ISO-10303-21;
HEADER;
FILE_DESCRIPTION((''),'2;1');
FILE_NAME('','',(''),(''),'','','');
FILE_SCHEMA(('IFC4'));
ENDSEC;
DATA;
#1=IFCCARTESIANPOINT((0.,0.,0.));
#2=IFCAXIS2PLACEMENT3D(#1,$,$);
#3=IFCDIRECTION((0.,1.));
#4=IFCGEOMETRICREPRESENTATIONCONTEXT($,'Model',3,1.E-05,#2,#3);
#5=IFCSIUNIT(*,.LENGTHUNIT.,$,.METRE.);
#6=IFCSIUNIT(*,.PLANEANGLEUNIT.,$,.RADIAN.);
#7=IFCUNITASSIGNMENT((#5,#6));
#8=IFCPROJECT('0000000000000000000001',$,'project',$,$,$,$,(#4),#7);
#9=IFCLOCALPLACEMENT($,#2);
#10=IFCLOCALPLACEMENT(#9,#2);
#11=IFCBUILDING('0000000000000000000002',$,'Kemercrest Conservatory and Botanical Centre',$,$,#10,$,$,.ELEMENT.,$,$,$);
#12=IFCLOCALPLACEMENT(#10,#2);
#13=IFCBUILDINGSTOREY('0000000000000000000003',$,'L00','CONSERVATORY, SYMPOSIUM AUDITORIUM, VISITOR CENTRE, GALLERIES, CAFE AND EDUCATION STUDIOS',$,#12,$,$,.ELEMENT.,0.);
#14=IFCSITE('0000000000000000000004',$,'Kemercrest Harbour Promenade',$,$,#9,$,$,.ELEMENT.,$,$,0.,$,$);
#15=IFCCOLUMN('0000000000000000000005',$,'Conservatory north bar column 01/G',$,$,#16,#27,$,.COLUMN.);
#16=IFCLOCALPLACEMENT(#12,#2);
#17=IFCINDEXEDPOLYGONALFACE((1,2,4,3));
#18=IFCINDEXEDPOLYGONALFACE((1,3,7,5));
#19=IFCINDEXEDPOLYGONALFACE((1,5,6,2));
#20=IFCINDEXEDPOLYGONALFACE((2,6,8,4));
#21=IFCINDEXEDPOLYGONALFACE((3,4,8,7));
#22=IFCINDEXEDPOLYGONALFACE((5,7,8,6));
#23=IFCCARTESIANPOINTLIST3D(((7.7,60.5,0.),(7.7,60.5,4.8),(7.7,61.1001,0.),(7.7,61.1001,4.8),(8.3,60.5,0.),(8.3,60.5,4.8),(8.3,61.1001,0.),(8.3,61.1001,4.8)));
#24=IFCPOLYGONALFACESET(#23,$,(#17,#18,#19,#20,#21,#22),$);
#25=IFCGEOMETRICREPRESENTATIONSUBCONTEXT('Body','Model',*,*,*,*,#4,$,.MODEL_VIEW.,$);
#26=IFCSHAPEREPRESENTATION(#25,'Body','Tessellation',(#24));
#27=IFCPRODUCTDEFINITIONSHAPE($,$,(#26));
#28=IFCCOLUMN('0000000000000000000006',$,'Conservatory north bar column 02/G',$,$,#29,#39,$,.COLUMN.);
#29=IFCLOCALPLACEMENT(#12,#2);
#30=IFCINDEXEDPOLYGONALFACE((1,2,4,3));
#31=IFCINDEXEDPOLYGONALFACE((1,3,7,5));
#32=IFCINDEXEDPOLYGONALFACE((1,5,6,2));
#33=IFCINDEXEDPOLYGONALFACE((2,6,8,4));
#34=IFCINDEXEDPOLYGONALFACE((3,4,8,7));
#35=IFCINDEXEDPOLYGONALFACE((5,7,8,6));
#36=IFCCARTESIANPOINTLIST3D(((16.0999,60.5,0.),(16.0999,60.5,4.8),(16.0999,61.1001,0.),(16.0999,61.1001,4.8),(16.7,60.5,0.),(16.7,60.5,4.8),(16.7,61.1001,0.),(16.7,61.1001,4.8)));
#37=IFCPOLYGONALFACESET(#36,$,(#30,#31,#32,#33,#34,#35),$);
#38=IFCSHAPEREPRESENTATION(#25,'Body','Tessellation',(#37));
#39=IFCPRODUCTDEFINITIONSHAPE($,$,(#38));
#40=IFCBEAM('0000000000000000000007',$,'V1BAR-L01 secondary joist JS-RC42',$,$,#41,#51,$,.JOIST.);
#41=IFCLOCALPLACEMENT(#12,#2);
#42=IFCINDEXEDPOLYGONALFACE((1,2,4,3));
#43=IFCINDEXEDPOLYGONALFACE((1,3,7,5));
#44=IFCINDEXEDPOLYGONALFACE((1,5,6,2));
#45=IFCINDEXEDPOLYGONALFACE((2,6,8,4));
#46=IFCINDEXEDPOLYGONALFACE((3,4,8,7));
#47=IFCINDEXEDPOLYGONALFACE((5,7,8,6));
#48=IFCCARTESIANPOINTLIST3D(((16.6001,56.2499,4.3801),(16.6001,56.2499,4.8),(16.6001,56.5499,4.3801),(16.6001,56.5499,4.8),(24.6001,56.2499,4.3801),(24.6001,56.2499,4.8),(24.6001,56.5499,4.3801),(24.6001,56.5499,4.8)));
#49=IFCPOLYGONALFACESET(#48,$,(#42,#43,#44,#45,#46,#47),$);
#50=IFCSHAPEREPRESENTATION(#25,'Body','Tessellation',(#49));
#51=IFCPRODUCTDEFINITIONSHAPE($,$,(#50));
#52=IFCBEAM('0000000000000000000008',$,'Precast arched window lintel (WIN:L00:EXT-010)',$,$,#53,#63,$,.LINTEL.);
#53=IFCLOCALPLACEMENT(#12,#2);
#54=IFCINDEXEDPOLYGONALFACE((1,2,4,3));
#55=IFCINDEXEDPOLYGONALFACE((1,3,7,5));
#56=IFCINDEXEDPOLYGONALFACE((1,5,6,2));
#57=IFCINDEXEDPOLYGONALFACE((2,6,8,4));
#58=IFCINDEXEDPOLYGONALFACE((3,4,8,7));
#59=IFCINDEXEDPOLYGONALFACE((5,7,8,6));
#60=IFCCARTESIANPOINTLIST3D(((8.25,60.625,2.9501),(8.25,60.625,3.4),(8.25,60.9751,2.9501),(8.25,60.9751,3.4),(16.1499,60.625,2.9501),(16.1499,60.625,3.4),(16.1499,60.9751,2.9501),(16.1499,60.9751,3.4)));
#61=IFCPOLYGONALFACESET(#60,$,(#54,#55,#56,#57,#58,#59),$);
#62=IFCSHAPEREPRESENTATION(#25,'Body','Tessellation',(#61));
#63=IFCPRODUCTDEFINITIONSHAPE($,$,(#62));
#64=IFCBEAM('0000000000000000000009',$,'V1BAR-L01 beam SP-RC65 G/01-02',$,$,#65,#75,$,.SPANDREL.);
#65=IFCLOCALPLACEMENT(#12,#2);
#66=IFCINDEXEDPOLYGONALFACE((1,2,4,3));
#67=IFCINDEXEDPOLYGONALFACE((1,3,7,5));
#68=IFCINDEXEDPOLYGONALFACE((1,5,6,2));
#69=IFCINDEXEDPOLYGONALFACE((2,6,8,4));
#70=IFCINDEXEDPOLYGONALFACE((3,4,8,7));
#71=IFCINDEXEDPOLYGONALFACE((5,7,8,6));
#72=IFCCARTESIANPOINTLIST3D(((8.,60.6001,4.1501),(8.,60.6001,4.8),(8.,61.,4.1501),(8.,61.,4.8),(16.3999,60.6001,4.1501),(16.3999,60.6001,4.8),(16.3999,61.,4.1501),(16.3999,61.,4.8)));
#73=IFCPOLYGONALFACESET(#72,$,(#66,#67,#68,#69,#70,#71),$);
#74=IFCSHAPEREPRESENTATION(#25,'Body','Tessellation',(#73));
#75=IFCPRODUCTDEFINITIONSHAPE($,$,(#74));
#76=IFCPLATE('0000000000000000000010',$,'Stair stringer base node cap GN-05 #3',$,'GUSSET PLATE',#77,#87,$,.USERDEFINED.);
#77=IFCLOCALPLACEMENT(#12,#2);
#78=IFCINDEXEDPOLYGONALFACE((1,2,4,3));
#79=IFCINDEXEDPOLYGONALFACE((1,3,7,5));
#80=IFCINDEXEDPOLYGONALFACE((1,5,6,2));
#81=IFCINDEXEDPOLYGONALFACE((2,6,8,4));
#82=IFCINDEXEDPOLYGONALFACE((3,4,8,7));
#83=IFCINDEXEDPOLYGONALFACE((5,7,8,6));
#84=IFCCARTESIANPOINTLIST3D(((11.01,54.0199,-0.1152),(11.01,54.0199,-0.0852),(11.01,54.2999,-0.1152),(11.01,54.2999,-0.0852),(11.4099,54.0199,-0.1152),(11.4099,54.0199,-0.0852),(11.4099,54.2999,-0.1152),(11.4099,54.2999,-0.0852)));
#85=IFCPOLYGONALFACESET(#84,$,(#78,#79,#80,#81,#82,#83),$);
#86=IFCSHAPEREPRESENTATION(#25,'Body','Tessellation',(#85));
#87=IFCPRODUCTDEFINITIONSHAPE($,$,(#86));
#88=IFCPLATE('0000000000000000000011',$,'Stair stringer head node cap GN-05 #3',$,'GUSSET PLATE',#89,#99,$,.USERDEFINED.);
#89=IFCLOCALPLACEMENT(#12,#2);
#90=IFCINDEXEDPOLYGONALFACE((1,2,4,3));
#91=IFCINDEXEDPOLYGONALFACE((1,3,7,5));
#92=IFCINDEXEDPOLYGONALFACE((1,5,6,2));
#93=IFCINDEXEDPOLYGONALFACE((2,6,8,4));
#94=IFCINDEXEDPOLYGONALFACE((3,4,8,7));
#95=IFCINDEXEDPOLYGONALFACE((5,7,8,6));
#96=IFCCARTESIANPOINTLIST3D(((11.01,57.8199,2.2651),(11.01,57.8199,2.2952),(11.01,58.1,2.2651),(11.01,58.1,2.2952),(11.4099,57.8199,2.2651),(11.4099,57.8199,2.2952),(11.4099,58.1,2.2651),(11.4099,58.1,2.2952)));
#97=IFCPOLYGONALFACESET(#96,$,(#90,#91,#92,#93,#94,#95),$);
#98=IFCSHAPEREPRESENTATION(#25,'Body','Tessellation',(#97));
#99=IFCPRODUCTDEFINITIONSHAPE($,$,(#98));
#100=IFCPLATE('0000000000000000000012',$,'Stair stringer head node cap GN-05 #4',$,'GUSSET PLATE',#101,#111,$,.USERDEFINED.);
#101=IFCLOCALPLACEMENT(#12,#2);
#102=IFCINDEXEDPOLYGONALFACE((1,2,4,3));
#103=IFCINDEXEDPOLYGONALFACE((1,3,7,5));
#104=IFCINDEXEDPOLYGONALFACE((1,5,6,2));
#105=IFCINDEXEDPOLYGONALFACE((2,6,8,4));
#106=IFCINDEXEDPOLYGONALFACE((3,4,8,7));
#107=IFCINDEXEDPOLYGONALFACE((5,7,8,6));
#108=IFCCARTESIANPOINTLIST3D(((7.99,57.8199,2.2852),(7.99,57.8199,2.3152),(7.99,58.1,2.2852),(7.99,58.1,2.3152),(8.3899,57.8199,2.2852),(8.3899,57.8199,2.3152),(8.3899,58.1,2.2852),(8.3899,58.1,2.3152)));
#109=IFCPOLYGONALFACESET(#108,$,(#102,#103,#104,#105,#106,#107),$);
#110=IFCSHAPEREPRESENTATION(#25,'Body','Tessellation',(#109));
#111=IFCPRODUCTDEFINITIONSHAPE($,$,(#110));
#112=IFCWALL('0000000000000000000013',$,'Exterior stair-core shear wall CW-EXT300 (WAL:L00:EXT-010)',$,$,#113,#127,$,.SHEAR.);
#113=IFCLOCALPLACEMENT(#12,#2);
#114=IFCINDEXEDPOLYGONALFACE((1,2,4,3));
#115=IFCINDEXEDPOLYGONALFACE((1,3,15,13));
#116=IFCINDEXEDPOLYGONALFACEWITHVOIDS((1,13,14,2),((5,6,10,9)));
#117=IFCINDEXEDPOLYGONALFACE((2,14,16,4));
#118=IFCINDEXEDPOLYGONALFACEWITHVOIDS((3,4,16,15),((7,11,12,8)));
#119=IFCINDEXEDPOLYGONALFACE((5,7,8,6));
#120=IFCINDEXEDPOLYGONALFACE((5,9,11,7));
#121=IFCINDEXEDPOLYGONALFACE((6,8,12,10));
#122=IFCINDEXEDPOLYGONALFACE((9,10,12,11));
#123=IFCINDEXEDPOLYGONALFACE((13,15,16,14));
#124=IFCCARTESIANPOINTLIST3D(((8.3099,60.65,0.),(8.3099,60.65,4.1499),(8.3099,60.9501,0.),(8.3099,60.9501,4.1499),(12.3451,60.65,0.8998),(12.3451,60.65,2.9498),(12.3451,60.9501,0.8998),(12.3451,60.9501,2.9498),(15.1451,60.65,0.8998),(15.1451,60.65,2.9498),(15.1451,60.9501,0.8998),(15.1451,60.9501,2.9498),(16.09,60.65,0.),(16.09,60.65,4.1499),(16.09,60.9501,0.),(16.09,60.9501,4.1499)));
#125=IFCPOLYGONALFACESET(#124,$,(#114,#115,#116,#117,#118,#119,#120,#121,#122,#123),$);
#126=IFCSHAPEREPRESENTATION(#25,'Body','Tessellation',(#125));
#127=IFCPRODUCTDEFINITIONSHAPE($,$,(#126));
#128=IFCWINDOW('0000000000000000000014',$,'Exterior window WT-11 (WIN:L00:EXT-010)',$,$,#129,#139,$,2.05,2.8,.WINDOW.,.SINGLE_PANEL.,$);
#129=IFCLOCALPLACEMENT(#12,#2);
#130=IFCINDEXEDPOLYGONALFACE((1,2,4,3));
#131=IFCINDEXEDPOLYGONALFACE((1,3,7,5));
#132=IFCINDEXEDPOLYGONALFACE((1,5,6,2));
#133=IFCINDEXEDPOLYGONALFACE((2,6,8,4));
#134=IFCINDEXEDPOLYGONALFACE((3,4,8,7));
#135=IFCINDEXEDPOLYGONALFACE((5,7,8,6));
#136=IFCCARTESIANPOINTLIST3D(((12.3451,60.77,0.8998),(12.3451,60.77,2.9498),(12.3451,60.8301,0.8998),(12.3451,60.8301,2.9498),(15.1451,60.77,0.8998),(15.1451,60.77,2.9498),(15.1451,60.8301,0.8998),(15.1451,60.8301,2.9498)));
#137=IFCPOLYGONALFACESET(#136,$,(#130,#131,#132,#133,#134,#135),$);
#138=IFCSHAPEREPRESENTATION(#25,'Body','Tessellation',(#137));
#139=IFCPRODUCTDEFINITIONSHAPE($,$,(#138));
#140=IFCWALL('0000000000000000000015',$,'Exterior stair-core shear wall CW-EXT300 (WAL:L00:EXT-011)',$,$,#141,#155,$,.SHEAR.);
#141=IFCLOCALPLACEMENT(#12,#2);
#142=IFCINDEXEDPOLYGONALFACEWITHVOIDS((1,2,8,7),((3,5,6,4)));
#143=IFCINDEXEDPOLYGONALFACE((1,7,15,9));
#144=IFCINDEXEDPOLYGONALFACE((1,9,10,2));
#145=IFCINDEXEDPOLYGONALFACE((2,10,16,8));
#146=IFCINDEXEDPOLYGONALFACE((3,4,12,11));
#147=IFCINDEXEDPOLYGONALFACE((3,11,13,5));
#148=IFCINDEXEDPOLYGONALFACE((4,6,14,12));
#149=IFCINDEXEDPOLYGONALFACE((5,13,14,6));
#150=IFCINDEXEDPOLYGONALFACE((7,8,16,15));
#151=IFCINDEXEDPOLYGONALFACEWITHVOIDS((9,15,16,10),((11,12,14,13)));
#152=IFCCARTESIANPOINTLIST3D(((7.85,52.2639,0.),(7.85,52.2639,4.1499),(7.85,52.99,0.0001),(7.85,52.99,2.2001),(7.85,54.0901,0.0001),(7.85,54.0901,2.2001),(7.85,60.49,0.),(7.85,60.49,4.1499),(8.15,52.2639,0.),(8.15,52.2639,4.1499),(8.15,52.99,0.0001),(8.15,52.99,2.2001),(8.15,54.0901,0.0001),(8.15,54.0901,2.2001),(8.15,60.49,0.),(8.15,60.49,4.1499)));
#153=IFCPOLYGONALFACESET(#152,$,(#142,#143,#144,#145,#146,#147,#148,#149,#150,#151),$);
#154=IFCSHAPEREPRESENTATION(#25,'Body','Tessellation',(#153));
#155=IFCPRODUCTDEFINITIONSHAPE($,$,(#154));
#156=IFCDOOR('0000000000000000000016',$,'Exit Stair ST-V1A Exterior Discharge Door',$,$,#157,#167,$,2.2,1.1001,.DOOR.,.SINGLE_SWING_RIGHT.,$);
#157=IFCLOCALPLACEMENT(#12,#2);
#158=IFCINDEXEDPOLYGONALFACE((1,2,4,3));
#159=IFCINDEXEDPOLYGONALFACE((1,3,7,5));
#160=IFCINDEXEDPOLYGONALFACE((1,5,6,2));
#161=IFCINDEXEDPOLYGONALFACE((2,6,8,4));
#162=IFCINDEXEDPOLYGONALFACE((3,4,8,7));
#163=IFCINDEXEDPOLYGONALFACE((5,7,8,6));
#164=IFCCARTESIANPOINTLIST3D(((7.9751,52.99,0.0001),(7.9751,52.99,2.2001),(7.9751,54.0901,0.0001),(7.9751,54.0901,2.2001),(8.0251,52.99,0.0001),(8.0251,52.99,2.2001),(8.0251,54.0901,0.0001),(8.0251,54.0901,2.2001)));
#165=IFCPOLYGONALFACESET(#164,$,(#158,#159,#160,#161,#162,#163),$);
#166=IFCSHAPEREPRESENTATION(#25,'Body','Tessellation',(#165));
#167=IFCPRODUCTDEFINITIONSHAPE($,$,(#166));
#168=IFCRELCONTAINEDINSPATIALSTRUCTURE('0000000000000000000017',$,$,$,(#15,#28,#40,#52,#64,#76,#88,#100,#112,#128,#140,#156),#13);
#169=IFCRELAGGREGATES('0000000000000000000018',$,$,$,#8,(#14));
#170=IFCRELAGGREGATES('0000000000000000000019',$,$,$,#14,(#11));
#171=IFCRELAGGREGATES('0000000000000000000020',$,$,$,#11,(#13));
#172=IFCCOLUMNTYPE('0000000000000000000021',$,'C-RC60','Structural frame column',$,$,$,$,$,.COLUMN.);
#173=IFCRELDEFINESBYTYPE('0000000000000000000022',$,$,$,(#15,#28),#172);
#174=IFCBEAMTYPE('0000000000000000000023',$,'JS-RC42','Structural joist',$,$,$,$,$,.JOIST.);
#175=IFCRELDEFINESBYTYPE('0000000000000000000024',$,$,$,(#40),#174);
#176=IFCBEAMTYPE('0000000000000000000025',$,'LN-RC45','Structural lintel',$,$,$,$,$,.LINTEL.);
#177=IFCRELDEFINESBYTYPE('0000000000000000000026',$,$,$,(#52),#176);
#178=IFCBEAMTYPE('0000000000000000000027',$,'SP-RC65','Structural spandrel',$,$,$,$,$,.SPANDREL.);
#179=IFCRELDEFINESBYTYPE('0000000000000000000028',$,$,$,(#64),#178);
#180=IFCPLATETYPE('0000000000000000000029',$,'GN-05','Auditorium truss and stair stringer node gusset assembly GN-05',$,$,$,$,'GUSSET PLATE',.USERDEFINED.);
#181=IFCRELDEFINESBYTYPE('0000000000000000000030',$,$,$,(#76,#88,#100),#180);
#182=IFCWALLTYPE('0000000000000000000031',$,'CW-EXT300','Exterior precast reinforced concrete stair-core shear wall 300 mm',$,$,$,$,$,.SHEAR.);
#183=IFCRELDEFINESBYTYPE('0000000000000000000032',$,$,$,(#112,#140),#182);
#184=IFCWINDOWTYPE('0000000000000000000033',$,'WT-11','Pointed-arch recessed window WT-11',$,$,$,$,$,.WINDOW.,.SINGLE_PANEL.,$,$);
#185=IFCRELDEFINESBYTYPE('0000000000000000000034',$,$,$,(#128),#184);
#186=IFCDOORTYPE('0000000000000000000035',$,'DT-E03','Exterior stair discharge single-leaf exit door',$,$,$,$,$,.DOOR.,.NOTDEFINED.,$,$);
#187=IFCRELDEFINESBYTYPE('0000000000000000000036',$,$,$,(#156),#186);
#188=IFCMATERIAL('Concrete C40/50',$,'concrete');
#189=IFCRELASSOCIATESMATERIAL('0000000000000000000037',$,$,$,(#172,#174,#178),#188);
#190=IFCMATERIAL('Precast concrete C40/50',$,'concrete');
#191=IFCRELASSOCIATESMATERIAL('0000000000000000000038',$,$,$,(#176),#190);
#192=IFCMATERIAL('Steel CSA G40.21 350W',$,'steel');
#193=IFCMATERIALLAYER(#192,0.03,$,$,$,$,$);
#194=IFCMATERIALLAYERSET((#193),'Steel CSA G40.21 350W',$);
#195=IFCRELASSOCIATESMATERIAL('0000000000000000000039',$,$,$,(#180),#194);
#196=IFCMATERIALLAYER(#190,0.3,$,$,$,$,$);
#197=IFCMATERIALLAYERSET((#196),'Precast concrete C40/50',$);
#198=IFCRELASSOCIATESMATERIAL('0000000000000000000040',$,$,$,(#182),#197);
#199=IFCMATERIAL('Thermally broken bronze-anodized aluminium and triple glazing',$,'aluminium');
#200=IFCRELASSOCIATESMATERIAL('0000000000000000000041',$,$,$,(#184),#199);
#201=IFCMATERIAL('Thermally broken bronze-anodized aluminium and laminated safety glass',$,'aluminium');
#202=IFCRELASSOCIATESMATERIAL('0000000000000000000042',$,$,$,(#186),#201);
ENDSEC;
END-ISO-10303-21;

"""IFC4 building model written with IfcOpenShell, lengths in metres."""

from ifc_helpers import new_model, si_unit, direction, frame, frame_2d, origin, origin_2d, place, context, subcontext, project, spatial, rectangle, extrude, material, layer, layer_set, material_profile, profile_set, type_object, element, fill, save


model = new_model("IFC4")

# Units and contexts
model_context = context("Model", 3, precision=1e-05, world=origin(), true_north=direction((0.0, 1.0)))
body_context = subcontext(model_context, "Body", "Model", "MODEL_VIEW")
ifc_project = project(units=[si_unit("LENGTHUNIT", "METRE"), si_unit("PLANEANGLEUNIT", "RADIAN")], contexts=[model_context])

# Site, building, storey
site_placement = place(None, origin())
site = spatial("IfcSite", under=ifc_project, at=site_placement, Name="Kemercrest Harbour Promenade", CompositionType="ELEMENT", RefElevation=0.0)
building_placement = place(site_placement, origin())
building = spatial("IfcBuilding", under=site, at=building_placement, Name="Kemercrest Conservatory and Botanical Centre", CompositionType="ELEMENT")
storey_placement = place(building_placement, origin())
storey = spatial("IfcBuildingStorey", under=building, at=storey_placement, Name="L00", Description="CONSERVATORY, SYMPOSIUM AUDITORIUM, VISITOR CENTRE, GALLERIES, CAFE AND EDUCATION STUDIOS", CompositionType="ELEMENT", Elevation=0.0)

# Columns
ifc_material_1 = material(Name="Concrete C40/50", Category="concrete")
ifc_material_profile_1 = material_profile(ifc_material_1, rectangle(XDim=0.6001, YDim=0.6001, at=origin_2d()), Name="RC 600x600")
ifc_profile_set_1 = profile_set([ifc_material_profile_1], Name="Concrete C40/50")
column_type = type_object("IfcColumnType", Name="C-RC60", Description="Structural frame column", PredefinedType="COLUMN", material=ifc_profile_set_1)
for number, where, z_axis, x_axis, name in (
    (1, (8.0, 60.8, 0.0), (0.0, 0.0, 1.0), (1.0, 0.0, 0.0), "Conservatory north bar column 01/G"),
    (2, (16.3999, 60.8, 0.0), (0.0, 0.0, 1.0), (1.0, 0.0, 0.0), "Conservatory north bar column 02/G"),
):
    element("IfcColumn", number, at=place(storey_placement, frame(where, z_axis=z_axis, x_axis=x_axis)), inside=storey, type_object=column_type, Name=name, PredefinedType="COLUMN", context=body_context, shape_type="SweptSolid", body=[
        extrude(rectangle(XDim=0.6001, YDim=0.6001, at=origin_2d()), origin(), (0.0, 0.0, 1.0), 4.8),
    ])

# Beams
ifc_material_profile_2 = material_profile(ifc_material_1, rectangle(XDim=0.3, YDim=0.4199, at=origin_2d()), Name="RC 300x420")
ifc_profile_set_2 = profile_set([ifc_material_profile_2], Name="Concrete C40/50")
beam_type_1 = type_object("IfcBeamType", Name="JS-RC42", Description="Structural joist", PredefinedType="JOIST", material=ifc_profile_set_2)
beam_1_placement = place(storey_placement, frame((16.6001, 56.3999, 4.5901), z_axis=(1.0, 0.0, 0.0), x_axis=(0.0, 1.0, 0.0)))
element("IfcBeam", 3, at=beam_1_placement, inside=storey, type_object=beam_type_1, Name="V1BAR-L01 secondary joist JS-RC42", PredefinedType="JOIST", context=body_context, shape_type="SweptSolid", body=[
    extrude(rectangle(XDim=0.3, YDim=0.4199, at=origin_2d()), origin(), (0.0, 0.0, 1.0), 8.0),
])
ifc_material_2 = material(Name="Precast concrete C40/50", Category="concrete")
ifc_material_profile_3 = material_profile(ifc_material_2, rectangle(XDim=0.3501, YDim=0.45, at=origin_2d()), Name="RC 350x450")
ifc_profile_set_3 = profile_set([ifc_material_profile_3], Name="Precast concrete C40/50")
beam_type_2 = type_object("IfcBeamType", Name="LN-RC45", Description="Structural lintel", PredefinedType="LINTEL", material=ifc_profile_set_3)
beam_2_placement = place(storey_placement, frame((16.1499, 60.8, 3.175), z_axis=(-1.0, 0.0, 0.0), x_axis=(0.0, -1.0, 0.0)))
element("IfcBeam", 4, at=beam_2_placement, inside=storey, type_object=beam_type_2, Name="Precast arched window lintel (WIN:L00:EXT-010)", PredefinedType="LINTEL", context=body_context, shape_type="SweptSolid", body=[
    extrude(rectangle(XDim=0.3501, YDim=0.45, at=origin_2d()), origin(), (0.0, 0.0, 1.0), 7.8999),
])
ifc_material_profile_4 = material_profile(ifc_material_1, rectangle(XDim=0.3999, YDim=0.6499, at=origin_2d()), Name="RC 400x650")
ifc_profile_set_4 = profile_set([ifc_material_profile_4], Name="Concrete C40/50")
beam_type_3 = type_object("IfcBeamType", Name="SP-RC65", Description="Structural spandrel", PredefinedType="SPANDREL", material=ifc_profile_set_4)
beam_3_placement = place(storey_placement, frame((8.0, 60.8, 4.4751), z_axis=(1.0, 0.0, 0.0), x_axis=(0.0, 1.0, 0.0)))
element("IfcBeam", 5, at=beam_3_placement, inside=storey, type_object=beam_type_3, Name="V1BAR-L01 beam SP-RC65 G/01-02", PredefinedType="SPANDREL", context=body_context, shape_type="SweptSolid", body=[
    extrude(rectangle(XDim=0.3999, YDim=0.6499, at=origin_2d()), origin(), (0.0, 0.0, 1.0), 8.3999),
])

# Plates
ifc_material_3 = material(Name="Steel CSA G40.21 350W", Category="steel")
ifc_layer_1 = layer(ifc_material_3, 0.03)
ifc_layer_set_1 = layer_set([ifc_layer_1], Name="Steel CSA G40.21 350W")
plate_type = type_object("IfcPlateType", Name="GN-05", Description="Auditorium truss and stair stringer node gusset assembly GN-05", ElementType="GUSSET PLATE", PredefinedType="USERDEFINED", material=ifc_layer_set_1)
for number, where, z_axis, x_axis, name in (
    (6, (11.21, 54.1599, -0.1152), (0.0, 0.0, 1.0), (1.0, 0.0, 0.0), "Stair stringer base node cap GN-05 #3"),
    (7, (11.21, 57.96, 2.2651), (0.0, 0.0, 1.0), (1.0, 0.0, 0.0), "Stair stringer head node cap GN-05 #3"),
    (8, (8.1899, 57.96, 2.2852), (0.0, 0.0, 1.0), (1.0, 0.0, 0.0), "Stair stringer head node cap GN-05 #4"),
):
    element("IfcPlate", number, at=place(storey_placement, frame(where, z_axis=z_axis, x_axis=x_axis)), inside=storey, type_object=plate_type, Name=name, ObjectType="GUSSET PLATE", PredefinedType="USERDEFINED", context=body_context, shape_type="SweptSolid", body=[
        extrude(rectangle(XDim=0.3999, YDim=0.28, at=origin_2d()), origin(), (0.0, 0.0, 1.0), 0.03),
    ])

# Wall, opening, window
ifc_layer_2 = layer(ifc_material_2, 0.3)
ifc_layer_set_2 = layer_set([ifc_layer_2], Name="Precast concrete C40/50")
wall_type_1 = type_object("IfcWallType", Name="CW-EXT300", Description="Exterior precast reinforced concrete stair-core shear wall 300 mm", PredefinedType="SHEAR", material=ifc_layer_set_2)
wall_1_placement = place(storey_placement, frame((16.0901, 60.8, 0.0), z_axis=(0.0, 0.0, 1.0), x_axis=(-1.0, 0.0, 0.0)))
wall_1 = element("IfcWall", 9, at=wall_1_placement, inside=storey, type_object=wall_type_1, Name="Exterior stair-core shear wall CW-EXT300 (WAL:L00:EXT-010)", PredefinedType="SHEAR", context=body_context, shape_type="SweptSolid", body=[
    extrude(rectangle(XDim=7.78, YDim=0.3, at=frame_2d((3.8901, 0.0))), origin(), (0.0, 0.0, 1.0), 4.1499),
])
opening_1_placement = place(wall_1_placement, frame((0.9451, 0.0, 0.8999)))
opening_1 = element("IfcOpeningElement", 10, at=opening_1_placement, cuts=wall_1, PredefinedType="OPENING", context=body_context, shape_type="SweptSolid", body=[
    extrude(rectangle(XDim=2.8, YDim=2.05, at=frame_2d((1.3999, 1.0249))), frame((0.0, 0.1602, 0.0), z_axis=(0.0, -1.0, 0.0), x_axis=(1.0, 0.0, 0.0)), (0.0, 0.0, 1.0), 0.3201),
])
ifc_material_4 = material(Name="Thermally broken bronze-anodized aluminium and triple glazing", Category="aluminium")
window_type = type_object("IfcWindowType", Name="WT-11", Description="Pointed-arch recessed window WT-11", PartitioningType="SINGLE_PANEL", PredefinedType="WINDOW", material=ifc_material_4)
window_placement = place(opening_1_placement, origin())
window = element("IfcWindow", 11, at=window_placement, inside=storey, type_object=window_type, Name="Exterior window WT-11 (WIN:L00:EXT-010)", OverallHeight=2.05, OverallWidth=2.8, PartitioningType="SINGLE_PANEL", PredefinedType="WINDOW", context=body_context, shape_type="SweptSolid", body=[
    extrude(rectangle(XDim=2.8, YDim=2.05, at=frame_2d((1.3999, 1.0249))), frame((0.0, 0.03, 0.0), z_axis=(0.0, -1.0, 0.0), x_axis=(1.0, 0.0, 0.0)), (0.0, 0.0, 1.0), 0.0601),
])
fill(opening_1, window)

# Wall, opening, door
wall_2_placement = place(storey_placement, frame((8.0, 60.49, 0.0), z_axis=(0.0, 0.0, 1.0), x_axis=(0.0, -1.0, 0.0)))
wall_2 = element("IfcWall", 12, at=wall_2_placement, inside=storey, type_object=wall_type_1, Name="Exterior stair-core shear wall CW-EXT300 (WAL:L00:EXT-011)", PredefinedType="SHEAR", context=body_context, shape_type="SweptSolid", body=[
    extrude(rectangle(XDim=8.2261, YDim=0.3, at=frame_2d((4.113, 0.0))), origin(), (0.0, 0.0, 1.0), 4.1499),
])
opening_2_placement = place(wall_2_placement, frame((6.3999, 0.0, 0.0)))
opening_2 = element("IfcOpeningElement", 13, at=opening_2_placement, cuts=wall_2, PredefinedType="OPENING", context=body_context, shape_type="SweptSolid", body=[
    extrude(rectangle(XDim=1.1001, YDim=2.2, at=frame_2d((0.55, 1.1001))), frame((0.0, 0.1602, 0.0), z_axis=(0.0, -1.0, 0.0), x_axis=(1.0, 0.0, 0.0)), (0.0, 0.0, 1.0), 0.3201),
])
ifc_material_5 = material(Name="Thermally broken bronze-anodized aluminium and laminated safety glass", Category="aluminium")
door_type_1 = type_object("IfcDoorType", Name="DT-E03", Description="Exterior stair discharge single-leaf exit door", OperationType="NOTDEFINED", PredefinedType="DOOR", material=ifc_material_5)
door_1_placement = place(opening_2_placement, frame((1.1001, 0.0, 0.0), z_axis=(0.0, 0.0, 1.0), x_axis=(-1.0, 0.0, 0.0)))
door_1 = element("IfcDoor", 14, at=door_1_placement, inside=storey, type_object=door_type_1, Name="Exit Stair ST-V1A Exterior Discharge Door", OperationType="SINGLE_SWING_RIGHT", OverallHeight=2.2, OverallWidth=1.1001, PredefinedType="DOOR", context=body_context, shape_type="SweptSolid", body=[
    extrude(rectangle(XDim=1.1001, YDim=2.2, at=frame_2d((0.55, 1.1001))), frame((0.0, 0.0249, 0.0), z_axis=(0.0, -1.0, 0.0), x_axis=(1.0, 0.0, 0.0)), (0.0, 0.0, 1.0), 0.05),
])
fill(opening_2, door_1)

save(model, "model.ifc")
